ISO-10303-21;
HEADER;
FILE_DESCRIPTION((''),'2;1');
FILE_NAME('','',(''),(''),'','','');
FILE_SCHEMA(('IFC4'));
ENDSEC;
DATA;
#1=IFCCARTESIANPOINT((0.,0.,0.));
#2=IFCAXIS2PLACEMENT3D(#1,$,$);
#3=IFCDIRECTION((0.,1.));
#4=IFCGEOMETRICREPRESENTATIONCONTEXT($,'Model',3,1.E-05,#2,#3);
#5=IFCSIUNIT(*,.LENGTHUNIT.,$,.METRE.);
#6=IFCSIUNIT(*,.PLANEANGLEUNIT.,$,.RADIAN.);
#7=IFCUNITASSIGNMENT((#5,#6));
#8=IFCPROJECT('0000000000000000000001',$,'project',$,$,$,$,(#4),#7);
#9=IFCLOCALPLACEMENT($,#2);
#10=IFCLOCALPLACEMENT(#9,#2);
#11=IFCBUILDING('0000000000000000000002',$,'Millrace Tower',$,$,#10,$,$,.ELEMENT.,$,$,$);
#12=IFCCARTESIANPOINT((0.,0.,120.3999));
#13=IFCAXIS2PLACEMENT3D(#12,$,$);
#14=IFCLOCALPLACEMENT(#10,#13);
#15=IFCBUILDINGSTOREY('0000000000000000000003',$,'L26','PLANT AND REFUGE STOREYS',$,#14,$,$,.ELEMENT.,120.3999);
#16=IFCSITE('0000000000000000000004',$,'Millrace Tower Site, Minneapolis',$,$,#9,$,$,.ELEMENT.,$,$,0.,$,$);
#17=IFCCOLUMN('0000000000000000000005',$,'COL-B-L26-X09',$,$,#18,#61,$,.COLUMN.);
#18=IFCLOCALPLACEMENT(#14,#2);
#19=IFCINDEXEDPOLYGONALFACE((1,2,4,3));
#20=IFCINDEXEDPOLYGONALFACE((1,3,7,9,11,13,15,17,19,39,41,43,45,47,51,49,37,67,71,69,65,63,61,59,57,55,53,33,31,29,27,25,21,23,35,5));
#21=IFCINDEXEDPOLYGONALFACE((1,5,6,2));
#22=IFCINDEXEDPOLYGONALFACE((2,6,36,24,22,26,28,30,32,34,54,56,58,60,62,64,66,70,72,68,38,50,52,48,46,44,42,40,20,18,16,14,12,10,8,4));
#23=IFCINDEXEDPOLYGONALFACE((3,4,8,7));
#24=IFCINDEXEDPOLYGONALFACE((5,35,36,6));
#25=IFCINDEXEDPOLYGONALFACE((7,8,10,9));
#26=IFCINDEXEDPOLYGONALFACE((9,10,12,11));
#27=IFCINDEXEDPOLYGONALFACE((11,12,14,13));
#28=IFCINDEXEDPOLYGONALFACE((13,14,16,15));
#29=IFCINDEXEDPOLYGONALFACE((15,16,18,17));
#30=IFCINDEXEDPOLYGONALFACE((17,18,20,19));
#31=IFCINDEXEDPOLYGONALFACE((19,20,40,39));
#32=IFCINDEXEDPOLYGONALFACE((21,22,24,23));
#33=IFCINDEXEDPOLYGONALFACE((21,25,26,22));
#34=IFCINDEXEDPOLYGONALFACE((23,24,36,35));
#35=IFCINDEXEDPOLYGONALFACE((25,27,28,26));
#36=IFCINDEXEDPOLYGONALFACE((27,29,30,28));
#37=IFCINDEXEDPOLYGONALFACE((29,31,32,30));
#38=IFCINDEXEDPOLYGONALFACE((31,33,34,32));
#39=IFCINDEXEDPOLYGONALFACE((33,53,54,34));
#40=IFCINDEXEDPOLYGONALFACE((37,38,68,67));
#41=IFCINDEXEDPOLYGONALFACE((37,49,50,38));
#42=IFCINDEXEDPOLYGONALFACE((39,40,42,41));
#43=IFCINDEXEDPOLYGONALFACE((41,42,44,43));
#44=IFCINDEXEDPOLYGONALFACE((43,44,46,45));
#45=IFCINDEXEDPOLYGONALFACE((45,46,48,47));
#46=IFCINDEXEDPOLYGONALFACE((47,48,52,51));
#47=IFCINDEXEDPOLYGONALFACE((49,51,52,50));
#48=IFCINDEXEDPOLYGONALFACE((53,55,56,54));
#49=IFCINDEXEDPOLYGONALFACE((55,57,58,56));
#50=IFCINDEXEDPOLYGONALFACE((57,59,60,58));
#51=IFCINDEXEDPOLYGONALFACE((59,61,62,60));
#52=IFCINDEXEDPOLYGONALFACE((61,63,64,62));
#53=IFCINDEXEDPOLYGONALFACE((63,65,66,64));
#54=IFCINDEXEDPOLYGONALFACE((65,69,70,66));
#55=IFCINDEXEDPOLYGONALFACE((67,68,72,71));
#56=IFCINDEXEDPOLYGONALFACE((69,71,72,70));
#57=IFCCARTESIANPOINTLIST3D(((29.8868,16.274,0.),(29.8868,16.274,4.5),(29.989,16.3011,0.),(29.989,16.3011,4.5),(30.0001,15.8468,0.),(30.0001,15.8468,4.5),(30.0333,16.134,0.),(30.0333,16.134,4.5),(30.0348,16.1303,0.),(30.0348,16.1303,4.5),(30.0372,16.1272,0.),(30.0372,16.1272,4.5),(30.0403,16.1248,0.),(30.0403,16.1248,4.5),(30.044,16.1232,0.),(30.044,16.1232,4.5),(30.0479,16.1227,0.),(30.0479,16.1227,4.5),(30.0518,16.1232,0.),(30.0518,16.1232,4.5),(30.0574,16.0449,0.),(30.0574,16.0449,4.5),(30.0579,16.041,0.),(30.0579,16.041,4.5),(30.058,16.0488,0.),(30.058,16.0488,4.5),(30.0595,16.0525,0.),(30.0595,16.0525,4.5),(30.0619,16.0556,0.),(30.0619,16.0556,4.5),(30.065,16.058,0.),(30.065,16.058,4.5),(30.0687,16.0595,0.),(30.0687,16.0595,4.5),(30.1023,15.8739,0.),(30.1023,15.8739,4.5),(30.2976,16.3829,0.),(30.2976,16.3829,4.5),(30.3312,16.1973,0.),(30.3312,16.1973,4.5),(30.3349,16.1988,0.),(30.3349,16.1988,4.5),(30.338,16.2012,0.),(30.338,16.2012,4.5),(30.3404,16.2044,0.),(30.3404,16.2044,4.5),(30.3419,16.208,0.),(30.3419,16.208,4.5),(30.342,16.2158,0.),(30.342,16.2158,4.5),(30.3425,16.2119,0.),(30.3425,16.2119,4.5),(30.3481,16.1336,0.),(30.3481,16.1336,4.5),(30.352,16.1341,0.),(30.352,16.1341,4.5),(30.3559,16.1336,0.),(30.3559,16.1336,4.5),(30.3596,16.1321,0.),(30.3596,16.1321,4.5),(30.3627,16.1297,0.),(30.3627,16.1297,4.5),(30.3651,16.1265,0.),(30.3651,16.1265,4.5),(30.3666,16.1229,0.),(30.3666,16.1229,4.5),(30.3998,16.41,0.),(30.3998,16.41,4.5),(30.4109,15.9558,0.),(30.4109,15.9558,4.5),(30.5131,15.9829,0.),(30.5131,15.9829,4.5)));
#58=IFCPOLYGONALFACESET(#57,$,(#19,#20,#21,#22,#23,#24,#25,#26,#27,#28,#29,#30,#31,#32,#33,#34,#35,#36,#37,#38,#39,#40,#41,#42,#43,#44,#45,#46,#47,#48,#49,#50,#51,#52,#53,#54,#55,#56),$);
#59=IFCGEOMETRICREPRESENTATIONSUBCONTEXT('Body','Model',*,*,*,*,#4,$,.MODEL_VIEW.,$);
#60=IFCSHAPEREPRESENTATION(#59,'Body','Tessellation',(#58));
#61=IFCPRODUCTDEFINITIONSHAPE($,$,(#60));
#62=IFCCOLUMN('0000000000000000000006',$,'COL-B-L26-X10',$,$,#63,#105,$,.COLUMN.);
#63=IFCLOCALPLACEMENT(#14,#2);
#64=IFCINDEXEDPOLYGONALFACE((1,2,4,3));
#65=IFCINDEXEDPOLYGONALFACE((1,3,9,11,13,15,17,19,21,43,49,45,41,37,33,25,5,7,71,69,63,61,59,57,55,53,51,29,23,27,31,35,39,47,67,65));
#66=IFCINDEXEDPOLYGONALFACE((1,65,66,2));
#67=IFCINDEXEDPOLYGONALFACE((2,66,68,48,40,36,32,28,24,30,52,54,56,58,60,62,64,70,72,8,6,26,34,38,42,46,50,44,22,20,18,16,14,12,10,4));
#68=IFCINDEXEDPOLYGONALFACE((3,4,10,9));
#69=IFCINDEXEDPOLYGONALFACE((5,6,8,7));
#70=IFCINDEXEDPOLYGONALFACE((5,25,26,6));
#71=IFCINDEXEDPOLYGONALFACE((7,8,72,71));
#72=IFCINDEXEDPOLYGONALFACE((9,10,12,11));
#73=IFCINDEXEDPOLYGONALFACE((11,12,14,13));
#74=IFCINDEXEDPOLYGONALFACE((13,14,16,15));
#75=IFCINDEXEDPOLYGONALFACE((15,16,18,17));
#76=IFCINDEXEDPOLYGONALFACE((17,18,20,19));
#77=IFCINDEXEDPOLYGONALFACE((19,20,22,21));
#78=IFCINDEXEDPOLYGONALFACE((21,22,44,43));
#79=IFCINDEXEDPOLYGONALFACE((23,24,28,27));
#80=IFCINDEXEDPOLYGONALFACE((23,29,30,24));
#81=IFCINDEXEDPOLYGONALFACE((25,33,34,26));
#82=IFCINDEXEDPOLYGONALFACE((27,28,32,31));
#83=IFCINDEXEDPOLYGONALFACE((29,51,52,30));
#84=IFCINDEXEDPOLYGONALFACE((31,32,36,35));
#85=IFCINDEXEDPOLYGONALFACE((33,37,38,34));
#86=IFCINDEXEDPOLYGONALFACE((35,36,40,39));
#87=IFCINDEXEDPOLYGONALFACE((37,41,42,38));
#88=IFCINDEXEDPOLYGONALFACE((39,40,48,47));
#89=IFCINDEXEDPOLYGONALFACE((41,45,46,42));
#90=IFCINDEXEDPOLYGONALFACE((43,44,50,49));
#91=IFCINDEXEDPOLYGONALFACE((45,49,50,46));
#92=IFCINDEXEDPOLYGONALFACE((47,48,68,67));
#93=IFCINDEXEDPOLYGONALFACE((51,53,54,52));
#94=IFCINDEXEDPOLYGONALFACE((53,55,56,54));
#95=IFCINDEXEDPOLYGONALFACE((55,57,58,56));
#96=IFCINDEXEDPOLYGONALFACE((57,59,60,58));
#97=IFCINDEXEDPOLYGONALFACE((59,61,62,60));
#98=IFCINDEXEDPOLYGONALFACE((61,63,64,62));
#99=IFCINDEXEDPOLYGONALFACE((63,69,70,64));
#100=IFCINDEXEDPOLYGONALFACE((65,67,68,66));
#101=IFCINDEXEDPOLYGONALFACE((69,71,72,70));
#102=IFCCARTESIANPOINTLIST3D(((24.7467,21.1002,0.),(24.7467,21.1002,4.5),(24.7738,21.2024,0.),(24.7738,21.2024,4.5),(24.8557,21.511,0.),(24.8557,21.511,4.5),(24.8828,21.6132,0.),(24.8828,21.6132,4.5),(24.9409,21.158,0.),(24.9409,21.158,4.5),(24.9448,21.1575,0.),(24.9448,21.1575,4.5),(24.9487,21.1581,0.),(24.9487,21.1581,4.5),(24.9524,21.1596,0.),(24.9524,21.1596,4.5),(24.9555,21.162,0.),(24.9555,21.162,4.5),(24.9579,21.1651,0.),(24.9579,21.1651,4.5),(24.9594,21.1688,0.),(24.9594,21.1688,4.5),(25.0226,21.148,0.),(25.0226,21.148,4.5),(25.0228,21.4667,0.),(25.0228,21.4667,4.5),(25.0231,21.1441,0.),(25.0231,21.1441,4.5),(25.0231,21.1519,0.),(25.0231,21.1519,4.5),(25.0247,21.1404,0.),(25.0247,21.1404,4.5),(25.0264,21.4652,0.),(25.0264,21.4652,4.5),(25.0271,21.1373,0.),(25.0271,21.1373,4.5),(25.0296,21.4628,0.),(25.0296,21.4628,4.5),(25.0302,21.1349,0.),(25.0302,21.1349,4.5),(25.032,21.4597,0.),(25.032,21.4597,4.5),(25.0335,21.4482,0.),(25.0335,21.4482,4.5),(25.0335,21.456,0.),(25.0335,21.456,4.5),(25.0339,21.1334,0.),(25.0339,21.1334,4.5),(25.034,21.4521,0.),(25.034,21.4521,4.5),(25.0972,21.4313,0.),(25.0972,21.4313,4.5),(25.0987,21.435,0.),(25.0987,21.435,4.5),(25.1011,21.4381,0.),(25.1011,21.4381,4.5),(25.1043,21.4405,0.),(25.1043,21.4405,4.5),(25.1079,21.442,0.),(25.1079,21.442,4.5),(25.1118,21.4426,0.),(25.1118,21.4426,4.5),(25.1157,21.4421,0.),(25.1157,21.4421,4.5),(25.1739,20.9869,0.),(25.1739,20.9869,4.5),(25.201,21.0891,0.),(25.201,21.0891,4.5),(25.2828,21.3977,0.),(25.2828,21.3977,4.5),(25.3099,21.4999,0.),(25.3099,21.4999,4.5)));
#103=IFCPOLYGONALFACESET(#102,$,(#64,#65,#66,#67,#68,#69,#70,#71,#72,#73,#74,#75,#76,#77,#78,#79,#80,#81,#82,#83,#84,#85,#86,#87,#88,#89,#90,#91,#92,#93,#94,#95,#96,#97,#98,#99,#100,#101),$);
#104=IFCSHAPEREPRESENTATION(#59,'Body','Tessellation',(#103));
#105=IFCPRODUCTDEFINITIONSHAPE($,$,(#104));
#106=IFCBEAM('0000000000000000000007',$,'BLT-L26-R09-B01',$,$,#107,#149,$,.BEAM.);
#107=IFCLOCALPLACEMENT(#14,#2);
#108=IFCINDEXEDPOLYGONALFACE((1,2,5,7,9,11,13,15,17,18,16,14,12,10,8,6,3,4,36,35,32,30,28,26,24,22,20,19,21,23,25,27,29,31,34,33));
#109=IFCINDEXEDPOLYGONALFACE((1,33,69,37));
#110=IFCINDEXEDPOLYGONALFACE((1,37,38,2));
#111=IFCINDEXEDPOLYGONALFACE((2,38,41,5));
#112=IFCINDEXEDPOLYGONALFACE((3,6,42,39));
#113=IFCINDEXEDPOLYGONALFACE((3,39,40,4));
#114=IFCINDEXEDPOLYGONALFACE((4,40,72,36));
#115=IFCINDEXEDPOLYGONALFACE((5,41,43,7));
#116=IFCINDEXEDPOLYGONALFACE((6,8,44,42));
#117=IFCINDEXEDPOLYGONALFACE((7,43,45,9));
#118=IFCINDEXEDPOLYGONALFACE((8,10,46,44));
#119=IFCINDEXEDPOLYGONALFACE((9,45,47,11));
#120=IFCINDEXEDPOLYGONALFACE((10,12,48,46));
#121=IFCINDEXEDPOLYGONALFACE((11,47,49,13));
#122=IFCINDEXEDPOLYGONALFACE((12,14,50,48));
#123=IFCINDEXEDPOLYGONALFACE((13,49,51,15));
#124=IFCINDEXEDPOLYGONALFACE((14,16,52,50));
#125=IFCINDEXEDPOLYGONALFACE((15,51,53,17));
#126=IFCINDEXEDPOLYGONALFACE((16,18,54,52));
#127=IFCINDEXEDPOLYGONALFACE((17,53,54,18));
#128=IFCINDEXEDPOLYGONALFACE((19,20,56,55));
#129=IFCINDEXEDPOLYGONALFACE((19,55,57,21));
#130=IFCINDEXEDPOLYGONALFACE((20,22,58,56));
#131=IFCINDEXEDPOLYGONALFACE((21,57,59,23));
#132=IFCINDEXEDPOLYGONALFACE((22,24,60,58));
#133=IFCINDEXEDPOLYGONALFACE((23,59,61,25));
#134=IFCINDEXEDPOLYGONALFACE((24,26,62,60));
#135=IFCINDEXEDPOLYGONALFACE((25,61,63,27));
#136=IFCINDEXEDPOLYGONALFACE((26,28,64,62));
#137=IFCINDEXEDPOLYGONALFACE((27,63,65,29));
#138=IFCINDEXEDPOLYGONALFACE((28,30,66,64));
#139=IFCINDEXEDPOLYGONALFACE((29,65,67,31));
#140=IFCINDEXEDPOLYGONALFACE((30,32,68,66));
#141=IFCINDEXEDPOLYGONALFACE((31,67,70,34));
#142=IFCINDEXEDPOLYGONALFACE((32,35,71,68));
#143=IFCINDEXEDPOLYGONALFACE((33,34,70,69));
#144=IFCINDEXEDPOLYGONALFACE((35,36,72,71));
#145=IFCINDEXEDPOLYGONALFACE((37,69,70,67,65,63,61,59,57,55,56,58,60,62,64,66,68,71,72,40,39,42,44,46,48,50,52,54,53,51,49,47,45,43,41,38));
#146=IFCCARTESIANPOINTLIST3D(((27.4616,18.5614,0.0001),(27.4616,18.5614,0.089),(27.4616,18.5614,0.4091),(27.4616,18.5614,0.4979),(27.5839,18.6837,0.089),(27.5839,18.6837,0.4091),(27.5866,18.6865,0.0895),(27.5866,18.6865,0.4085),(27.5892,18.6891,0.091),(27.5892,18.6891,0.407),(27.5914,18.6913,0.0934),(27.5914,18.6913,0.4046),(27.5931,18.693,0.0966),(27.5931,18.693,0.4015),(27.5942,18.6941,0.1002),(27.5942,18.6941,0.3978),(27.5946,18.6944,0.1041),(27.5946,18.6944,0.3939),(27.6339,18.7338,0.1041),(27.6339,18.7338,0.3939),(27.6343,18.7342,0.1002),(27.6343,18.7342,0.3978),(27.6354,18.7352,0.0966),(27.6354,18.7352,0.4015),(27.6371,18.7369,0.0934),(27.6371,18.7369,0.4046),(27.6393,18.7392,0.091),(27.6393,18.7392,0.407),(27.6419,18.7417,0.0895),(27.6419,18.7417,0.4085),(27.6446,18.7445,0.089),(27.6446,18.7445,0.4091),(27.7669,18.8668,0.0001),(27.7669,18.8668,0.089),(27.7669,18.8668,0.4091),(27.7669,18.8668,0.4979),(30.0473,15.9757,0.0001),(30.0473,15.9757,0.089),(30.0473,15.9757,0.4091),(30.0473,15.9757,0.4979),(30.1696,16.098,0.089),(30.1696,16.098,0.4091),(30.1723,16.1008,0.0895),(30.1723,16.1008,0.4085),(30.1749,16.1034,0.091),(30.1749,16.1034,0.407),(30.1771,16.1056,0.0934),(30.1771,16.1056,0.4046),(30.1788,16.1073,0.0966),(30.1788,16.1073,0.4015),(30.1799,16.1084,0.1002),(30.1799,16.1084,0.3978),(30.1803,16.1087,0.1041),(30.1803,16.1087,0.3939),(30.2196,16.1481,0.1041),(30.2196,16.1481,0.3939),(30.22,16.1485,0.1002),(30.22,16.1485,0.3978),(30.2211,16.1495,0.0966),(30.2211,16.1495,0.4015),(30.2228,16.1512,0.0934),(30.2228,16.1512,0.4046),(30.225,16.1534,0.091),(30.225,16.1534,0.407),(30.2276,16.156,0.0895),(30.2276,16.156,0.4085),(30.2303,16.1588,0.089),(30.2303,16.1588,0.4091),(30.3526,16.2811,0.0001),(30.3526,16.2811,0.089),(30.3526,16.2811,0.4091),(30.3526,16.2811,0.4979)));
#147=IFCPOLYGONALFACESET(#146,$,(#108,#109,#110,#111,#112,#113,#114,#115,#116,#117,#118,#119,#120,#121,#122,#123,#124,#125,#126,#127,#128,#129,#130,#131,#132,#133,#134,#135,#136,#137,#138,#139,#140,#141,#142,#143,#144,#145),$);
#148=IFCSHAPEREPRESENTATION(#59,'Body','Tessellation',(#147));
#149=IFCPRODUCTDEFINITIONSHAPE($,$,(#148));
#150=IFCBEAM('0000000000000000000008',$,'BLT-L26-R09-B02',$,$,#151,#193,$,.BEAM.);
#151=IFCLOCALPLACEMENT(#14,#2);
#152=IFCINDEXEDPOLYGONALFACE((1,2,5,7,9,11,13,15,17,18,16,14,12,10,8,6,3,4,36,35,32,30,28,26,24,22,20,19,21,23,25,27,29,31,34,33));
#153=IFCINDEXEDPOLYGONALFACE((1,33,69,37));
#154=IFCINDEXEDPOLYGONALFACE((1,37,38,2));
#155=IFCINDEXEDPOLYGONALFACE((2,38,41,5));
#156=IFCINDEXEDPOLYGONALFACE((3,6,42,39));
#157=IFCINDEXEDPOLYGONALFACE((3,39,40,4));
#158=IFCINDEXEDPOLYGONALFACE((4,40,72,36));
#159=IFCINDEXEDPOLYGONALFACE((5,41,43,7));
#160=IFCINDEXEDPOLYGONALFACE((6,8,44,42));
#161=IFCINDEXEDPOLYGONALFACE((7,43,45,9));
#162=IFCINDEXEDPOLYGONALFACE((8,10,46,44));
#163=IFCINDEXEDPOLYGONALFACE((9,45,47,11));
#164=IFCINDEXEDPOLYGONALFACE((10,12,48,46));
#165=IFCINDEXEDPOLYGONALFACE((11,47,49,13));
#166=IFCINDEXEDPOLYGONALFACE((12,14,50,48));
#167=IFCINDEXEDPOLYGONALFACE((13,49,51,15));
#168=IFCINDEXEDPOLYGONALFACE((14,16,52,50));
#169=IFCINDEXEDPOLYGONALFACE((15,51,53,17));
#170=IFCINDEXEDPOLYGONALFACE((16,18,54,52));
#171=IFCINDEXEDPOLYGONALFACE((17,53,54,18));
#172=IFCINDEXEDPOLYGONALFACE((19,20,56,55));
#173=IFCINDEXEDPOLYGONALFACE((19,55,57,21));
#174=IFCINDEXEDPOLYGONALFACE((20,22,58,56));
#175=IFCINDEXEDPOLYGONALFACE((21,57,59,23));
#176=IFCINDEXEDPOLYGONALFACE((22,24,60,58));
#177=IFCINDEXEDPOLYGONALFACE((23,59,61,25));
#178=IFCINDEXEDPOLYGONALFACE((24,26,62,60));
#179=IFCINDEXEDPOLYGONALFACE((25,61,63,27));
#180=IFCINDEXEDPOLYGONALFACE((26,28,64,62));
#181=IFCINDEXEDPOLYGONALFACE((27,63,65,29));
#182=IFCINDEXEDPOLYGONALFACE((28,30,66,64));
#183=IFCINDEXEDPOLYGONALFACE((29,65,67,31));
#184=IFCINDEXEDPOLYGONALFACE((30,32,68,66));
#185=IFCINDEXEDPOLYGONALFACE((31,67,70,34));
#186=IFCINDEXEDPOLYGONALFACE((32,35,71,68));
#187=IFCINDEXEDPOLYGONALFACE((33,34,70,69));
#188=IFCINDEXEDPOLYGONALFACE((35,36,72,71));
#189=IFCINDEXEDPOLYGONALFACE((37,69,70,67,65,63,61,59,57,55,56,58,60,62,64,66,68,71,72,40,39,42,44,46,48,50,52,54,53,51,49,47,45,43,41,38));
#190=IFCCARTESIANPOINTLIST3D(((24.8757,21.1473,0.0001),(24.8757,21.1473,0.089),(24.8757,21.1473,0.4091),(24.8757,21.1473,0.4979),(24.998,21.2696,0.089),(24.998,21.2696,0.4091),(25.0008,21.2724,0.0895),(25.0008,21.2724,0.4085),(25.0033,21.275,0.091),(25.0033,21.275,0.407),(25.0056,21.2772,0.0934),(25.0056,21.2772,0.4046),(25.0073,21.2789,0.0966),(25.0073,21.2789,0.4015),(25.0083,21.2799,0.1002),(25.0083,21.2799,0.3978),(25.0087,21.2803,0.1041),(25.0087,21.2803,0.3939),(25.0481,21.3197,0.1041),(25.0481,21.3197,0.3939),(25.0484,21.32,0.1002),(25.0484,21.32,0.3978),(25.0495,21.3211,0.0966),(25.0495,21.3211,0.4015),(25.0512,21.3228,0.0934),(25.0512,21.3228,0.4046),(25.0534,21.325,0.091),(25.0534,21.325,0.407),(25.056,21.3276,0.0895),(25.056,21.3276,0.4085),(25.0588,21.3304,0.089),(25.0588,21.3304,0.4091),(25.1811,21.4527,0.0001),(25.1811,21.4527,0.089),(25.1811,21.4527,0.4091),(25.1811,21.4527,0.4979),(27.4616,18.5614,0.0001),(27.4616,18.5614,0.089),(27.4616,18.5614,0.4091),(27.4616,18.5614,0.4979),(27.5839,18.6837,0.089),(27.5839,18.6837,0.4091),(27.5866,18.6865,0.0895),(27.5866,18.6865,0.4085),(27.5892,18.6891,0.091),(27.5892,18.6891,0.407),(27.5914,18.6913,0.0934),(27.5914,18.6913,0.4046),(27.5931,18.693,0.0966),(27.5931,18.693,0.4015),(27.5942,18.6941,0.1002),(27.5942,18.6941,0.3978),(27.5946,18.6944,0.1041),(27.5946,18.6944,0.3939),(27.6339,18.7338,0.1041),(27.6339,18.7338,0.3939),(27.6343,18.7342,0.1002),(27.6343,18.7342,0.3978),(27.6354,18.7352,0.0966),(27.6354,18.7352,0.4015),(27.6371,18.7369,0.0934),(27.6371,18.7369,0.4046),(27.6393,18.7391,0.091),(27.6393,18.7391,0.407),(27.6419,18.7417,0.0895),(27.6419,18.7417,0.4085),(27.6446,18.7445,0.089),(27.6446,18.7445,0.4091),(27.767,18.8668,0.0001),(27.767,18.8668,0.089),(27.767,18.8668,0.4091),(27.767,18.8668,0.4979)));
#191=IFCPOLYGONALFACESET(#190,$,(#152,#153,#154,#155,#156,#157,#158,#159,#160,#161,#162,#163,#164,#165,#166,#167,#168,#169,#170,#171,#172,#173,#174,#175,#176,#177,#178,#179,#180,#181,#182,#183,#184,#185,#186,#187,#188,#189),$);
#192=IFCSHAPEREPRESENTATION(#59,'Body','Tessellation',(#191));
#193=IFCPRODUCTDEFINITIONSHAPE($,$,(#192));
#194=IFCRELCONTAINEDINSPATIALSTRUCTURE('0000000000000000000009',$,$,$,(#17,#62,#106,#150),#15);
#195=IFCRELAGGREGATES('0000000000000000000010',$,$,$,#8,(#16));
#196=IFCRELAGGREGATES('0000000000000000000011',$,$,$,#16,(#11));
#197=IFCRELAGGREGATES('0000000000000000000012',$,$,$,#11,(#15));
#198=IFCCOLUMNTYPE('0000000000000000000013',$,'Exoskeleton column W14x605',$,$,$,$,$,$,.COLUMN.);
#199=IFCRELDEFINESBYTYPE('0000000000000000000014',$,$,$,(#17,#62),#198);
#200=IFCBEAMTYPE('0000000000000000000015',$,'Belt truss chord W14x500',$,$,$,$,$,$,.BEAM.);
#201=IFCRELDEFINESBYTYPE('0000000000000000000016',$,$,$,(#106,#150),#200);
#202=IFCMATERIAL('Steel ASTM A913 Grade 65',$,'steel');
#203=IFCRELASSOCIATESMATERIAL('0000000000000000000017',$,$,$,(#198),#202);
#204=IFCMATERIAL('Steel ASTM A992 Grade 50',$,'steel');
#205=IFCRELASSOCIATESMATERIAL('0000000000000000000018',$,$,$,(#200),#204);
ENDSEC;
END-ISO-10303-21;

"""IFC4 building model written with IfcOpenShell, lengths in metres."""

from ifc_helpers import new_model, si_unit, direction, frame, origin, origin_2d, place, context, subcontext, project, spatial, i_section, extrude, material, material_profile, profile_set, type_object, element, save


model = new_model("IFC4")

# Units and contexts
model_context = context("Model", 3, precision=1e-05, world=origin(), true_north=direction((0.0, 1.0)))
body_context = subcontext(model_context, "Body", "Model", "MODEL_VIEW")
ifc_project = project(units=[si_unit("LENGTHUNIT", "METRE"), si_unit("PLANEANGLEUNIT", "RADIAN")], contexts=[model_context])

# Site, building, storey
site_placement = place(None, origin())
site = spatial("IfcSite", under=ifc_project, at=site_placement, Name="Millrace Tower Site, Minneapolis", CompositionType="ELEMENT", RefElevation=0.0)
building_placement = place(site_placement, origin())
building = spatial("IfcBuilding", under=site, at=building_placement, Name="Millrace Tower", CompositionType="ELEMENT")
storey_placement = place(building_placement, frame((0.0, 0.0, 120.3999)))
storey = spatial("IfcBuildingStorey", under=building, at=storey_placement, Name="L26", Description="PLANT AND REFUGE STOREYS", CompositionType="ELEMENT", Elevation=120.3999)

# Columns
ifc_material_1 = material(Name="Steel ASTM A913 Grade 65", Category="steel")
ifc_material_profile_1 = material_profile(ifc_material_1, i_section(OverallWidth=0.4419, OverallDepth=0.5308, WebThickness=0.0659, FlangeThickness=0.1057, FilletRadius=0.0151, at=origin_2d()))
ifc_profile_set_1 = profile_set([ifc_material_profile_1], Name="Steel ASTM A913 Grade 65")
column_type = type_object("IfcColumnType", Name="Exoskeleton column W14x605", PredefinedType="COLUMN", material=ifc_profile_set_1)
for number, where, z_axis, x_axis, name in (
    (1, (30.2, 16.1284, 0.0), (0.0, 0.0, 1.0), (-0.256347, 0.966585, 0.0), "COL-B-L26-X09"),
    (2, (25.0283, 21.3, 0.0), (0.0, 0.0, 1.0), (-0.966585, 0.256347, 0.0), "COL-B-L26-X10"),
):
    element("IfcColumn", number, at=place(storey_placement, frame(where, z_axis=z_axis, x_axis=x_axis)), inside=storey, type_object=column_type, Name=name, PredefinedType="COLUMN", context=body_context, shape_type="SweptSolid", body=[
        extrude(i_section(OverallWidth=0.4419, OverallDepth=0.5308, WebThickness=0.0659, FlangeThickness=0.1057, FilletRadius=0.0151, at=origin_2d()), origin(), (0.0, 0.0, 1.0), 4.5),
    ])

# Beams
ifc_material_2 = material(Name="Steel ASTM A992 Grade 50", Category="steel")
ifc_material_profile_2 = material_profile(ifc_material_2, i_section(OverallWidth=0.4319, OverallDepth=0.4978, WebThickness=0.0557, FlangeThickness=0.0889, FilletRadius=0.0151, at=origin_2d()))
ifc_profile_set_2 = profile_set([ifc_material_profile_2], Name="Steel ASTM A992 Grade 50")
beam_type_1 = type_object("IfcBeamType", Name="Belt truss chord W14x500", PredefinedType="BEAM", material=ifc_profile_set_2)
beam_1_placement = place(storey_placement, frame((30.2, 16.1284, 0.249), z_axis=(-0.707107, 0.707107, 0.0), x_axis=(-0.707107, -0.707107, 0.0)))
element("IfcBeam", 3, at=beam_1_placement, inside=storey, type_object=beam_type_1, Name="BLT-L26-R09-B01", PredefinedType="BEAM", context=body_context, shape_type="SweptSolid", body=[
    extrude(i_section(OverallWidth=0.4319, OverallDepth=0.4978, WebThickness=0.0557, FlangeThickness=0.0889, FilletRadius=0.0151, at=origin_2d()), origin(), (0.0, 0.0, 1.0), 3.6567),
])
for number, where, z_axis, x_axis, name in (
    (4, (27.6143, 18.7141, 0.249), (-0.707107, 0.707107, 0.0), (-0.707107, -0.707107, 0.0), "BLT-L26-R09-B02"),
):
    element("IfcBeam", number, at=place(storey_placement, frame(where, z_axis=z_axis, x_axis=x_axis)), inside=storey, type_object=beam_type_1, Name=name, PredefinedType="BEAM", context=body_context, shape_type="SweptSolid", body=[
        extrude(i_section(OverallWidth=0.4319, OverallDepth=0.4978, WebThickness=0.0557, FlangeThickness=0.0889, FilletRadius=0.0151, at=origin_2d()), origin(), (0.0, 0.0, 1.0), 3.657),
    ])

save(model, "model.ifc")
